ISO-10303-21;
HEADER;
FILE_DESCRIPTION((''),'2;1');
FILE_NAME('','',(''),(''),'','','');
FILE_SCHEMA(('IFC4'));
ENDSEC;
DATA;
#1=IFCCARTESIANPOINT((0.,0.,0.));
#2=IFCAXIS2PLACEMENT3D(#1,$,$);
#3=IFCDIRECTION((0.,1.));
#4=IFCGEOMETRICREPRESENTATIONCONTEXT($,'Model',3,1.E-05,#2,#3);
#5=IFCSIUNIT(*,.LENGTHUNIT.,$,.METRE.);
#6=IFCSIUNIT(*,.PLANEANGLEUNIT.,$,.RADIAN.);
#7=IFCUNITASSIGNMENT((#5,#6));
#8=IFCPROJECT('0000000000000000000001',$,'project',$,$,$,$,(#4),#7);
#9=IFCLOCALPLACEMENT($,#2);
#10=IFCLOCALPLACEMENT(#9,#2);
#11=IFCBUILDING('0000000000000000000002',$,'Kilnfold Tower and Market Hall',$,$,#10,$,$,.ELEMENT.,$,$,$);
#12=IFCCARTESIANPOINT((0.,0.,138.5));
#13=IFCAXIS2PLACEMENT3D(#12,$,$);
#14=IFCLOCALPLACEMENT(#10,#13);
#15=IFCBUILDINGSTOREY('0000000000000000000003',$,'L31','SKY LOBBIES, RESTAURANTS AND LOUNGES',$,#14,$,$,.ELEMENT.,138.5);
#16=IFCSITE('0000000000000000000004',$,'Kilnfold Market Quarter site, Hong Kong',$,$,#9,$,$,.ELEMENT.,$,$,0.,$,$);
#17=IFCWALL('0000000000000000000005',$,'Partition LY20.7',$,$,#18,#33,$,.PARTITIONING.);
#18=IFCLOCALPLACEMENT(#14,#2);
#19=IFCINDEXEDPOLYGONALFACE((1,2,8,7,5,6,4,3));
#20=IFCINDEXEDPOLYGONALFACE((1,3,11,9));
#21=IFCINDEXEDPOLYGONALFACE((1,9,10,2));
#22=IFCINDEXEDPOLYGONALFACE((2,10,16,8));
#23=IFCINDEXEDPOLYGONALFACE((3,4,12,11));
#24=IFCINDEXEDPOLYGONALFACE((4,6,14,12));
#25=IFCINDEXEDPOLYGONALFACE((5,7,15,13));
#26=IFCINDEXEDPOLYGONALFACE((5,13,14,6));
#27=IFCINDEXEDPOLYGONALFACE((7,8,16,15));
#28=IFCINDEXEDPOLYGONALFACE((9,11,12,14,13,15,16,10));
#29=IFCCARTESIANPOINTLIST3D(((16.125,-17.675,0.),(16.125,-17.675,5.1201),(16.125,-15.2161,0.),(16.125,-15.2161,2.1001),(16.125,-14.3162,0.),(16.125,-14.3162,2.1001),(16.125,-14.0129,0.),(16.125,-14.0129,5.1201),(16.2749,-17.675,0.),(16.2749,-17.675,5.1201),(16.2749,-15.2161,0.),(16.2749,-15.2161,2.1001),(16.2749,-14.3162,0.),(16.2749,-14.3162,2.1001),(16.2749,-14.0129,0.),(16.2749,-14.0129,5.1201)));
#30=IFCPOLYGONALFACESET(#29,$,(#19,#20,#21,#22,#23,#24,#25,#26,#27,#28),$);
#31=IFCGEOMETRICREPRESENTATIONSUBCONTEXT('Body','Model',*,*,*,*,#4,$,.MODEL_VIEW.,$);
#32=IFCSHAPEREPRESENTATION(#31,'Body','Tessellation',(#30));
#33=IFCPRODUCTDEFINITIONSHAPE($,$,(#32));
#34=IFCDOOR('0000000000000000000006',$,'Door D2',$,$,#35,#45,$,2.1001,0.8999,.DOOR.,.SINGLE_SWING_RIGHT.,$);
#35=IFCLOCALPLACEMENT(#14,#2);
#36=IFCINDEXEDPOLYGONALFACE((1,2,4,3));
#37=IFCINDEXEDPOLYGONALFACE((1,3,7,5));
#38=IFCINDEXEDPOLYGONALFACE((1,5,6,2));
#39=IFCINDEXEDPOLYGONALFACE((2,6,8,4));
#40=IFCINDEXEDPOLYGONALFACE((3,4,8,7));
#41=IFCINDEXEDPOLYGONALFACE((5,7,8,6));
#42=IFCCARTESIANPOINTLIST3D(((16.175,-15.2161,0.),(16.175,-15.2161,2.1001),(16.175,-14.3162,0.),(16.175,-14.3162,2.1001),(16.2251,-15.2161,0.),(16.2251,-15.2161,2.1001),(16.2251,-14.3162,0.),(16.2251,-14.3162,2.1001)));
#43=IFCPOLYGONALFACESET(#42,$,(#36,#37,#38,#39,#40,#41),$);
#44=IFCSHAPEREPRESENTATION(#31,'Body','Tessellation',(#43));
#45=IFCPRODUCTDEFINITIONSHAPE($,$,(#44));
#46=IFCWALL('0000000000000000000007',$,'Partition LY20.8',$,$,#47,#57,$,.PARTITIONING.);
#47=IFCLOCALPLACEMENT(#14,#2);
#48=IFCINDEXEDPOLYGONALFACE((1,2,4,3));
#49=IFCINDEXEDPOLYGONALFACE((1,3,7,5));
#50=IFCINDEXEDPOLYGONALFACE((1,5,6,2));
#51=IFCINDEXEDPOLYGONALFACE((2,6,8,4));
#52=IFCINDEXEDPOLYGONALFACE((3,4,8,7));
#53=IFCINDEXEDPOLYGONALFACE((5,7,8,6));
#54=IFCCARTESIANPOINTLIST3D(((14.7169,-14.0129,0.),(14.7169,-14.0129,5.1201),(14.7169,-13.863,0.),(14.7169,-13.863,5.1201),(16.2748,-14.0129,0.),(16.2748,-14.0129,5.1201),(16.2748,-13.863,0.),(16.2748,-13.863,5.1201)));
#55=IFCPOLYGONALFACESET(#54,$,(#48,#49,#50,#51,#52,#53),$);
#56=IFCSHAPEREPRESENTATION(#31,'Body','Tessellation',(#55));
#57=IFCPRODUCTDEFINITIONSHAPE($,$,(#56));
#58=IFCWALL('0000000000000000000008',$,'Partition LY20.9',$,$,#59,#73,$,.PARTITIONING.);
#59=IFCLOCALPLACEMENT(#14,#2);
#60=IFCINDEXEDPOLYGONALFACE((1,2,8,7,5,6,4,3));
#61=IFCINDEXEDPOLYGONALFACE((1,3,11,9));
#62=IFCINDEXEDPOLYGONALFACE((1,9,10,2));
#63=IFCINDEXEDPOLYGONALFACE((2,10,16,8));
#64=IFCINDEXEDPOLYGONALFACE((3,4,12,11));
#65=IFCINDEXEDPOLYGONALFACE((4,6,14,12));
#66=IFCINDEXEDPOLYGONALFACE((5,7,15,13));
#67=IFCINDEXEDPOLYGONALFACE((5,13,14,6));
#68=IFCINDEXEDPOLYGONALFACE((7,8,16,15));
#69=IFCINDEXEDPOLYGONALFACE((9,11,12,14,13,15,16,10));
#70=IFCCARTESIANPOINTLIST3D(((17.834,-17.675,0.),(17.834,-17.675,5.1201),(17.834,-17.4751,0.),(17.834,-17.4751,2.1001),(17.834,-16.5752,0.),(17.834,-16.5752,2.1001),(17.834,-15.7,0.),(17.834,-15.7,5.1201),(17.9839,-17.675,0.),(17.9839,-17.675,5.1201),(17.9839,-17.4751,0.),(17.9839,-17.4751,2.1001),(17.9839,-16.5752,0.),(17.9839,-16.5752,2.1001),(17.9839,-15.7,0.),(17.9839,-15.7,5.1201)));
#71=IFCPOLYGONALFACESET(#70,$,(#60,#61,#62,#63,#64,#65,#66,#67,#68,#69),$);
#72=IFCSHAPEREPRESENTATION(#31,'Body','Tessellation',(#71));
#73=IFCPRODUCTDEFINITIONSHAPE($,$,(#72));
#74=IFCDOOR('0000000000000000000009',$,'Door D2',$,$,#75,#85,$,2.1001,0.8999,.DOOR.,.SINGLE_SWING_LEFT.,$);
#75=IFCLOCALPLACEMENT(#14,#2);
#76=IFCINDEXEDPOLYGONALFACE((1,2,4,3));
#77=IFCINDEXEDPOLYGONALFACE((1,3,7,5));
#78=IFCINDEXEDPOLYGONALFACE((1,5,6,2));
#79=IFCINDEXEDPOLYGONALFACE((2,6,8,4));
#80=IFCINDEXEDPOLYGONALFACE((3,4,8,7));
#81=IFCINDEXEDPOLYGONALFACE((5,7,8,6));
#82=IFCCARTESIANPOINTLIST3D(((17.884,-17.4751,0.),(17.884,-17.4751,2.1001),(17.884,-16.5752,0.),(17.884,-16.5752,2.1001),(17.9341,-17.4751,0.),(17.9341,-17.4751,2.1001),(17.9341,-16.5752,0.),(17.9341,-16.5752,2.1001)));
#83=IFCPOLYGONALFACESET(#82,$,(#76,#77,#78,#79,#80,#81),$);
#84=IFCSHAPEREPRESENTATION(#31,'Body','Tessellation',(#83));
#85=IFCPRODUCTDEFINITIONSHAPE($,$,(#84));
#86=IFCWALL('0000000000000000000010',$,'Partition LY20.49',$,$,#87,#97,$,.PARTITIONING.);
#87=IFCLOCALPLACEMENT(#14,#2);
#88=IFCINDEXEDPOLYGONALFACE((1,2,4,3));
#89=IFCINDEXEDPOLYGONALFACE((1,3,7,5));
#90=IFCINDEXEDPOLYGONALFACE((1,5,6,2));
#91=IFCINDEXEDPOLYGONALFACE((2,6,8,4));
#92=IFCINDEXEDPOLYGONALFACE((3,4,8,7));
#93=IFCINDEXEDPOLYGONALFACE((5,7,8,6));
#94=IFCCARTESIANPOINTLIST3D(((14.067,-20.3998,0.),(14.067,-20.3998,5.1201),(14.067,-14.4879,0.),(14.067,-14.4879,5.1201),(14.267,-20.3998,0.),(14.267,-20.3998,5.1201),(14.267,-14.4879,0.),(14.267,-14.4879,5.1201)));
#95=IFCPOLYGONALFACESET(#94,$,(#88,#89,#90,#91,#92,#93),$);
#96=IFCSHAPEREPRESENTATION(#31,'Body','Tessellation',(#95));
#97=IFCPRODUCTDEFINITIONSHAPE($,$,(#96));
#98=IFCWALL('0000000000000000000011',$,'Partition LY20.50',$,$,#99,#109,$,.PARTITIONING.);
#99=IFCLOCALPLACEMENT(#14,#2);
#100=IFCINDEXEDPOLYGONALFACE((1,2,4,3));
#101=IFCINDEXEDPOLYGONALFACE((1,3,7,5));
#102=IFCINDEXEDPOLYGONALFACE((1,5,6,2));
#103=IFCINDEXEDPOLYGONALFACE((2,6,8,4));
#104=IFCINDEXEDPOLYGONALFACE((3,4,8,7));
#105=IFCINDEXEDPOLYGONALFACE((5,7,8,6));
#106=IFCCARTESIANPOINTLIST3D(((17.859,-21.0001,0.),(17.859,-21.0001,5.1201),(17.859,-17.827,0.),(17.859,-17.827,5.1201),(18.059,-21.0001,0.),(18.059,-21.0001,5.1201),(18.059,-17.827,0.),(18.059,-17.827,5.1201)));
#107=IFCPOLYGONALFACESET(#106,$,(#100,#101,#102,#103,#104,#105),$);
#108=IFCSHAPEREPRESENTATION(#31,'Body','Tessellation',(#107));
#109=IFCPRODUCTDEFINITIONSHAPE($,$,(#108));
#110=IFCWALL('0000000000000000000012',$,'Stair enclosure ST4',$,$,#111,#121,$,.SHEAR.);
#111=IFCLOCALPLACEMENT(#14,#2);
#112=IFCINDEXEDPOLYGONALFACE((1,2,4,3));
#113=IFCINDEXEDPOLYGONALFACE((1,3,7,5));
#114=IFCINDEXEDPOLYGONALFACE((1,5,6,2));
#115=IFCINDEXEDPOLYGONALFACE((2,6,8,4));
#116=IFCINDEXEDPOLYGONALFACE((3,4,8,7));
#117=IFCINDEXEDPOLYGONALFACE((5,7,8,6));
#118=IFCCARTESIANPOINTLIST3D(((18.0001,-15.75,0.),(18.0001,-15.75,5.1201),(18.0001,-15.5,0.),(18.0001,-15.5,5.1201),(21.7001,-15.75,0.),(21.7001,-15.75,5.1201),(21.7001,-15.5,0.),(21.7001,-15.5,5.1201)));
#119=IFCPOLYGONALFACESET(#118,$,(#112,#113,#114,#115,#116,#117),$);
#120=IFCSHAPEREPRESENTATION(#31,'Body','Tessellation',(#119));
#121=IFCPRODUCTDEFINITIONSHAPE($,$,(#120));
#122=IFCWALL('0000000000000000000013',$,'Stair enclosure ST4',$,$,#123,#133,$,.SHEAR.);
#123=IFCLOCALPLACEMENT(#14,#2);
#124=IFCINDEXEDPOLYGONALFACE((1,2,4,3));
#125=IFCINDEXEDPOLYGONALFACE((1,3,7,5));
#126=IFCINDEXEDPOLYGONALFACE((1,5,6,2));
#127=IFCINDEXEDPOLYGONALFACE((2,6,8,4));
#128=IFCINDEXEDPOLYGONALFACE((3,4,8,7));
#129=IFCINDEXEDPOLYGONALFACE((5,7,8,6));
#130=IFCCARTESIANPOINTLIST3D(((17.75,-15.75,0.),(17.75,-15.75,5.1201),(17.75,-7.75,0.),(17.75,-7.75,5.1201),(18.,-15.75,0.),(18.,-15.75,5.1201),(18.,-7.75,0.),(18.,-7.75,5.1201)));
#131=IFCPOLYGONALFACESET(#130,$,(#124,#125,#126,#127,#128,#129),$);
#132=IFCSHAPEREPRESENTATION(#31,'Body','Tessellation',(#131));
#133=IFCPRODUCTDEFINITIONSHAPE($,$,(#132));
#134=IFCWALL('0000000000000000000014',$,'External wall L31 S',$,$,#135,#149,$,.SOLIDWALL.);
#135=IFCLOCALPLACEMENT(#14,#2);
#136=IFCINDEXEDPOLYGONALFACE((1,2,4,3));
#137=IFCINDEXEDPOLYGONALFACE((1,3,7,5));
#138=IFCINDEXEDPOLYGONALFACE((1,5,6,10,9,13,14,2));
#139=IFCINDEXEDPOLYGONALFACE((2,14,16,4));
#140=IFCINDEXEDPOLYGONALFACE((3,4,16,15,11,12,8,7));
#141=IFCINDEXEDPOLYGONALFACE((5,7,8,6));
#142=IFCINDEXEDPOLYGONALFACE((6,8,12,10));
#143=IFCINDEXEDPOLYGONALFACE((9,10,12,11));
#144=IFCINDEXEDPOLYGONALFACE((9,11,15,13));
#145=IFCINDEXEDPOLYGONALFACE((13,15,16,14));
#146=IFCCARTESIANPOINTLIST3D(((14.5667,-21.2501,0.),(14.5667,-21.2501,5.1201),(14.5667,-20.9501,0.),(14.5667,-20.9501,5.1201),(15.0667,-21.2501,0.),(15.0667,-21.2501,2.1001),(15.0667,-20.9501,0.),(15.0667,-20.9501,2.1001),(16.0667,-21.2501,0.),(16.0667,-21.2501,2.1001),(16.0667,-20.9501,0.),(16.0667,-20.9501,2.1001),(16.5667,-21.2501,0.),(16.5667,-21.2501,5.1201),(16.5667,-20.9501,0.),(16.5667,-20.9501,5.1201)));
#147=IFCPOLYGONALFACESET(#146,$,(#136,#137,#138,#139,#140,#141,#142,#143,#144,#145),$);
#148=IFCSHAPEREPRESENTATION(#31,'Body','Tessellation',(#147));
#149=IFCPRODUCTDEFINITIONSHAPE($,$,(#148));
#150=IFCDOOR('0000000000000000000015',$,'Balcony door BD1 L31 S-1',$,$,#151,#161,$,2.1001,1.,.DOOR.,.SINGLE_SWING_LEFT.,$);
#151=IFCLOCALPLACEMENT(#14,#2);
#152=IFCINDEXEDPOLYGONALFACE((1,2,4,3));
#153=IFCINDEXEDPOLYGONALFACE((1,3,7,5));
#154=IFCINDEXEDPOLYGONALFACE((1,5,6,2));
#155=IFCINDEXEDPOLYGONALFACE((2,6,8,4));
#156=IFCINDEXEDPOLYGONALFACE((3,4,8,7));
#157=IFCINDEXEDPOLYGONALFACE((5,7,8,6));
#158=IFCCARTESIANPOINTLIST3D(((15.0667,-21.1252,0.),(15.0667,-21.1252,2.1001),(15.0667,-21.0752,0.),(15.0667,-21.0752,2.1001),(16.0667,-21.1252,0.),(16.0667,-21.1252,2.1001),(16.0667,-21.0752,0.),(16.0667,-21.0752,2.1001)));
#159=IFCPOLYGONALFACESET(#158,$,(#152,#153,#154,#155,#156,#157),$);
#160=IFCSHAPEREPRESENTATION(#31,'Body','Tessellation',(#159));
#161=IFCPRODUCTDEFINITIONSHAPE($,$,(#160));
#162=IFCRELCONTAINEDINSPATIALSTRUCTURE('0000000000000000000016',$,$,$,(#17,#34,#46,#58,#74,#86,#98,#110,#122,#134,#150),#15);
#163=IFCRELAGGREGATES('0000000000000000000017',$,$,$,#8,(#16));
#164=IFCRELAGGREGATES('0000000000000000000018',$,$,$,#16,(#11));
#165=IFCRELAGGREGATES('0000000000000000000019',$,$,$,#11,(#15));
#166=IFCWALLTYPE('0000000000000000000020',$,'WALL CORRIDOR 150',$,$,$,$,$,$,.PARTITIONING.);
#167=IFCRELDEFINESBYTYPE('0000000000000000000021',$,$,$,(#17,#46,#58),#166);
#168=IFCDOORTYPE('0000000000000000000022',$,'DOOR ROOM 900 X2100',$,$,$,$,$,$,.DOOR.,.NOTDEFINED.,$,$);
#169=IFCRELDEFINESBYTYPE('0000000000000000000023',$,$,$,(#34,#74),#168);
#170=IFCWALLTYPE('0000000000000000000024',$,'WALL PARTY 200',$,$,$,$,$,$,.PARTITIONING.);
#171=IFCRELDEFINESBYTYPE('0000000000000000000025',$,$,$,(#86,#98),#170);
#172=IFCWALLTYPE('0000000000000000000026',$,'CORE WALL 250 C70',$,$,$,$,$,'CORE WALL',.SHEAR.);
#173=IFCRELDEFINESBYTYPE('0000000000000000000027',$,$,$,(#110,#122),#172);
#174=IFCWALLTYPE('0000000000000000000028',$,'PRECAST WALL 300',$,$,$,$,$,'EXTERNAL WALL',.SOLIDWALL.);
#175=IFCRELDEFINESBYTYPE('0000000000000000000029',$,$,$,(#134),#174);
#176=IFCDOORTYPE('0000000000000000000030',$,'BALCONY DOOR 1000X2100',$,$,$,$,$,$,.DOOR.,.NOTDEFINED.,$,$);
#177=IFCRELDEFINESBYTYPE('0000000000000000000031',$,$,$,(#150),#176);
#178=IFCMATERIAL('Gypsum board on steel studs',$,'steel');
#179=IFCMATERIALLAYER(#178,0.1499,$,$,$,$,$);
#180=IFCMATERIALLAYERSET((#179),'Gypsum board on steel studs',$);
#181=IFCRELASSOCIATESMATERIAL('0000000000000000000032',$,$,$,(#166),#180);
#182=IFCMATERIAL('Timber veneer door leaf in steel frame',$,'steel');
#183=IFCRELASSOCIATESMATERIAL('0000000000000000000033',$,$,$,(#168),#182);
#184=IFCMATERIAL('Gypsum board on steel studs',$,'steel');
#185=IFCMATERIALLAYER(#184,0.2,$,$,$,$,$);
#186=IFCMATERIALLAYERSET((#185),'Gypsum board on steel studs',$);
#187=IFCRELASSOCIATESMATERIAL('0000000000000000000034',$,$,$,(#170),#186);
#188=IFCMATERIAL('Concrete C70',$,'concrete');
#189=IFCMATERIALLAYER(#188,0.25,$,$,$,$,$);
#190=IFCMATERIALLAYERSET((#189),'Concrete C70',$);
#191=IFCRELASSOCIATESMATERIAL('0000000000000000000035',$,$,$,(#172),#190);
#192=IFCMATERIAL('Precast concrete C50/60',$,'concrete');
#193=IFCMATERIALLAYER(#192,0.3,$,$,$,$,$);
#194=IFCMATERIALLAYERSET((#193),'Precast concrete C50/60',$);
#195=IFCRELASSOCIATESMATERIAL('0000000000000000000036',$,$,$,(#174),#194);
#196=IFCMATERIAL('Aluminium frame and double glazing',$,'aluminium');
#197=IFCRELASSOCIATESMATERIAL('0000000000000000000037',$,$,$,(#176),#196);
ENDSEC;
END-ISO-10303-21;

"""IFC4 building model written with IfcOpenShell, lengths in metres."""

from ifc_helpers import new_model, si_unit, direction, frame, frame_2d, origin, place, context, subcontext, project, spatial, rectangle, extrude, source, transform, mapped, material, layer, layer_set, type_object, element, fill, save


model = new_model("IFC4")

# Units and contexts
model_context = context("Model", 3, precision=1e-05, world=origin(), true_north=direction((0.0, 1.0)))
body_context = subcontext(model_context, "Body", "Model", "MODEL_VIEW")
ifc_project = project(units=[si_unit("LENGTHUNIT", "METRE"), si_unit("PLANEANGLEUNIT", "RADIAN")], contexts=[model_context])

# Site, building, storey
site_placement = place(None, origin())
site = spatial("IfcSite", under=ifc_project, at=site_placement, Name="Kilnfold Market Quarter site, Hong Kong", CompositionType="ELEMENT", RefElevation=0.0)
building_placement = place(site_placement, origin())
building = spatial("IfcBuilding", under=site, at=building_placement, Name="Kilnfold Tower and Market Hall", CompositionType="ELEMENT")
storey_placement = place(building_placement, frame((0.0, 0.0, 138.5)))
storey = spatial("IfcBuildingStorey", under=building, at=storey_placement, Name="L31", Description="SKY LOBBIES, RESTAURANTS AND LOUNGES", CompositionType="ELEMENT", Elevation=138.5)

# Shared definitions
ifc_material_1 = material(Name="Gypsum board on steel studs", Category="steel")
ifc_layer_1 = layer(ifc_material_1, 0.1499)
ifc_layer_set_1 = layer_set([ifc_layer_1], Name="Gypsum board on steel studs")
wall_type_1 = type_object("IfcWallType", Name="WALL CORRIDOR 150", PredefinedType="PARTITIONING", material=ifc_layer_set_1)

# Wall, opening, door
wall_1_placement = place(storey_placement, frame((16.2, -17.675, 0.0), z_axis=(0.0, 0.0, 1.0), x_axis=(0.0, 1.0, 0.0)))
wall_1 = element("IfcWall", 1, at=wall_1_placement, inside=storey, type_object=wall_type_1, Name="Partition LY20.7", PredefinedType="PARTITIONING", context=body_context, shape_type="SweptSolid", body=[
    extrude(rectangle(XDim=3.6621, YDim=0.1499, at=frame_2d((1.8311, 0.0))), origin(), (0.0, 0.0, 1.0), 5.1201),
])
opening_1_placement = place(wall_1_placement, frame((2.459, 0.0, 0.0)))
opening_1 = element("IfcOpeningElement", 2, at=opening_1_placement, cuts=wall_1, PredefinedType="OPENING", context=body_context, shape_type="SweptSolid", body=[
    extrude(rectangle(XDim=0.8999, YDim=2.1001, at=frame_2d((0.45, 1.05))), frame((0.0, 0.085, 0.0), z_axis=(0.0, -1.0, 0.0), x_axis=(1.0, 0.0, 0.0)), (0.0, 0.0, 1.0), 0.1699),
])
ifc_material_2 = material(Name="Timber veneer door leaf in steel frame", Category="steel")
door_type_1 = type_object("IfcDoorType", Name="DOOR ROOM 900 X2100", OperationType="NOTDEFINED", PredefinedType="DOOR", material=ifc_material_2)
door_1_placement = place(opening_1_placement, origin())
door_1 = element("IfcDoor", 3, at=door_1_placement, inside=storey, type_object=door_type_1, Name="Door D2", OperationType="SINGLE_SWING_RIGHT", OverallHeight=2.1001, OverallWidth=0.8999, PredefinedType="DOOR", context=body_context, shape_type="SweptSolid", body=[
    extrude(rectangle(XDim=0.8999, YDim=2.1001, at=frame_2d((0.45, 1.05))), frame((0.0, 0.0249, 0.0), z_axis=(0.0, -1.0, 0.0), x_axis=(1.0, 0.0, 0.0)), (0.0, 0.0, 1.0), 0.05),
])
fill(opening_1, door_1)

# Wall
wall_2_placement = place(storey_placement, frame((14.717, -13.938, 0.0), z_axis=(0.0, 0.0, 1.0), x_axis=(1.0, 0.0, 0.0)))
element("IfcWall", 4, at=wall_2_placement, inside=storey, type_object=wall_type_1, Name="Partition LY20.8", PredefinedType="PARTITIONING", context=body_context, shape_type="SweptSolid", body=[
    extrude(rectangle(XDim=1.5579, YDim=0.1499, at=frame_2d((0.7788, 0.0))), origin(), (0.0, 0.0, 1.0), 5.1201),
])

# Wall, opening, door
wall_3_placement = place(storey_placement, frame((17.9089, -17.675, 0.0), z_axis=(0.0, 0.0, 1.0), x_axis=(0.0, 1.0, 0.0)))
wall_3 = element("IfcWall", 5, at=wall_3_placement, inside=storey, type_object=wall_type_1, Name="Partition LY20.9", PredefinedType="PARTITIONING", context=body_context, shape_type="SweptSolid", body=[
    extrude(rectangle(XDim=1.9751, YDim=0.1499, at=frame_2d((0.9875, 0.0))), origin(), (0.0, 0.0, 1.0), 5.1201),
])
opening_2_placement = place(wall_3_placement, frame((0.2, 0.0, 0.0)))
opening_2 = element("IfcOpeningElement", 6, at=opening_2_placement, cuts=wall_3, PredefinedType="OPENING", context=body_context, shape_type="SweptSolid", body=[
    extrude(rectangle(XDim=0.8999, YDim=2.1001, at=frame_2d((0.45, 1.05))), frame((0.0, 0.085, 0.0), z_axis=(0.0, -1.0, 0.0), x_axis=(1.0, 0.0, 0.0)), (0.0, 0.0, 1.0), 0.1699),
])
door_2_placement = place(opening_2_placement, origin())
door_2 = element("IfcDoor", 7, at=door_2_placement, inside=storey, type_object=door_type_1, Name="Door D2", OperationType="SINGLE_SWING_LEFT", OverallHeight=2.1001, OverallWidth=0.8999, PredefinedType="DOOR", context=body_context, shape_type="SweptSolid", body=[
    extrude(rectangle(XDim=0.8999, YDim=2.1001, at=frame_2d((0.45, 1.05))), frame((0.0, 0.0249, 0.0), z_axis=(0.0, -1.0, 0.0), x_axis=(1.0, 0.0, 0.0)), (0.0, 0.0, 1.0), 0.05),
])
fill(opening_2, door_2)

# Walls
ifc_material_3 = material(Name="Gypsum board on steel studs", Category="steel")
ifc_layer_2 = layer(ifc_material_3, 0.2)
ifc_layer_set_2 = layer_set([ifc_layer_2], Name="Gypsum board on steel studs")
wall_type_2 = type_object("IfcWallType", Name="WALL PARTY 200", PredefinedType="PARTITIONING", material=ifc_layer_set_2)
wall_4_placement = place(storey_placement, frame((14.167, -20.3999, 0.0), z_axis=(0.0, 0.0, 1.0), x_axis=(0.0, 1.0, 0.0)))
element("IfcWall", 8, at=wall_4_placement, inside=storey, type_object=wall_type_2, Name="Partition LY20.49", PredefinedType="PARTITIONING", context=body_context, shape_type="SweptSolid", body=[
    extrude(rectangle(XDim=5.9119, YDim=0.2, at=frame_2d((2.9561, 0.0))), origin(), (0.0, 0.0, 1.0), 5.1201),
])
wall_5_placement = place(storey_placement, frame((17.959, -21.0, 0.0), z_axis=(0.0, 0.0, 1.0), x_axis=(0.0, 1.0, 0.0)))
element("IfcWall", 9, at=wall_5_placement, inside=storey, type_object=wall_type_2, Name="Partition LY20.50", PredefinedType="PARTITIONING", context=body_context, shape_type="SweptSolid", body=[
    extrude(rectangle(XDim=3.1731, YDim=0.2, at=frame_2d((1.5864, 0.0))), origin(), (0.0, 0.0, 1.0), 5.1201),
])
ifc_material_4 = material(Name="Concrete C70", Category="concrete")
ifc_layer_3 = layer(ifc_material_4, 0.25)
ifc_layer_set_3 = layer_set([ifc_layer_3], Name="Concrete C70")
wall_type_3 = type_object("IfcWallType", Name="CORE WALL 250 C70", ElementType="CORE WALL", PredefinedType="SHEAR", material=ifc_layer_set_3)
shared_shape_1 = source(origin(), body_context, "Body", "SweptSolid", [
    extrude(rectangle(XDim=3.7, YDim=0.25, at=frame_2d((1.8501, 0.0))), origin(), (0.0, 0.0, 1.0), 5.1201),
])
wall_6_placement = place(storey_placement, frame((18.0, -15.625, 0.0), z_axis=(0.0, 0.0, 1.0), x_axis=(1.0, 0.0, 0.0)))
element("IfcWall", 10, at=wall_6_placement, inside=storey, type_object=wall_type_3, Name="Stair enclosure ST4", PredefinedType="SHEAR", context=body_context, shape_type="MappedRepresentation", body=[
    mapped(shared_shape_1, transform((0.0, 0.0, 0.0))),
])
shared_shape_2 = source(origin(), body_context, "Body", "SweptSolid", [
    extrude(rectangle(XDim=8.0, YDim=0.25, at=frame_2d((4.0, 0.0))), origin(), (0.0, 0.0, 1.0), 5.1201),
])
wall_7_placement = place(storey_placement, frame((17.875, -15.75, 0.0), z_axis=(0.0, 0.0, 1.0), x_axis=(0.0, 1.0, 0.0)))
element("IfcWall", 11, at=wall_7_placement, inside=storey, type_object=wall_type_3, Name="Stair enclosure ST4", PredefinedType="SHEAR", context=body_context, shape_type="MappedRepresentation", body=[
    mapped(shared_shape_2, transform((0.0, 0.0, 0.0))),
])

# Wall, opening, door
ifc_material_5 = material(Name="Precast concrete C50/60", Category="concrete")
ifc_layer_4 = layer(ifc_material_5, 0.3)
ifc_layer_set_4 = layer_set([ifc_layer_4], Name="Precast concrete C50/60")
wall_type_4 = type_object("IfcWallType", Name="PRECAST WALL 300", ElementType="EXTERNAL WALL", PredefinedType="SOLIDWALL", material=ifc_layer_set_4)
shared_shape_3 = source(origin(), body_context, "Body", "SweptSolid", [
    extrude(rectangle(XDim=2.0, YDim=0.3, at=frame_2d((1.0, 0.0))), origin(), (0.0, 0.0, 1.0), 5.1201),
])
wall_8_placement = place(storey_placement, frame((14.5667, -21.1001, 0.0), z_axis=(0.0, 0.0, 1.0), x_axis=(1.0, 0.0, 0.0)))
wall_8 = element("IfcWall", 12, at=wall_8_placement, inside=storey, type_object=wall_type_4, Name="External wall L31 S", PredefinedType="SOLIDWALL", context=body_context, shape_type="MappedRepresentation", body=[
    mapped(shared_shape_3, transform((0.0, 0.0, 0.0))),
])
opening_3_placement = place(wall_8_placement, frame((0.5, 0.0, 0.0)))
opening_3 = element("IfcOpeningElement", 13, at=opening_3_placement, cuts=wall_8, PredefinedType="OPENING", context=body_context, shape_type="SweptSolid", body=[
    extrude(rectangle(XDim=1.0, YDim=2.1001, at=frame_2d((0.5, 1.05))), frame((0.0, 0.1602, 0.0), z_axis=(0.0, -1.0, 0.0), x_axis=(1.0, 0.0, 0.0)), (0.0, 0.0, 1.0), 0.3201),
])
ifc_material_6 = material(Name="Aluminium frame and double glazing", Category="aluminium")
door_type_2 = type_object("IfcDoorType", Name="BALCONY DOOR 1000X2100", OperationType="NOTDEFINED", PredefinedType="DOOR", material=ifc_material_6)
door_3_placement = place(opening_3_placement, origin())
door_3 = element("IfcDoor", 14, at=door_3_placement, inside=storey, type_object=door_type_2, Name="Balcony door BD1 L31 S-1", OperationType="SINGLE_SWING_LEFT", OverallHeight=2.1001, OverallWidth=1.0, PredefinedType="DOOR", context=body_context, shape_type="SweptSolid", body=[
    extrude(rectangle(XDim=1.0, YDim=2.1001, at=frame_2d((0.5, 1.05))), frame((0.0, 0.0249, 0.0), z_axis=(0.0, -1.0, 0.0), x_axis=(1.0, 0.0, 0.0)), (0.0, 0.0, 1.0), 0.05),
])
fill(opening_3, door_3)

save(model, "model.ifc")
